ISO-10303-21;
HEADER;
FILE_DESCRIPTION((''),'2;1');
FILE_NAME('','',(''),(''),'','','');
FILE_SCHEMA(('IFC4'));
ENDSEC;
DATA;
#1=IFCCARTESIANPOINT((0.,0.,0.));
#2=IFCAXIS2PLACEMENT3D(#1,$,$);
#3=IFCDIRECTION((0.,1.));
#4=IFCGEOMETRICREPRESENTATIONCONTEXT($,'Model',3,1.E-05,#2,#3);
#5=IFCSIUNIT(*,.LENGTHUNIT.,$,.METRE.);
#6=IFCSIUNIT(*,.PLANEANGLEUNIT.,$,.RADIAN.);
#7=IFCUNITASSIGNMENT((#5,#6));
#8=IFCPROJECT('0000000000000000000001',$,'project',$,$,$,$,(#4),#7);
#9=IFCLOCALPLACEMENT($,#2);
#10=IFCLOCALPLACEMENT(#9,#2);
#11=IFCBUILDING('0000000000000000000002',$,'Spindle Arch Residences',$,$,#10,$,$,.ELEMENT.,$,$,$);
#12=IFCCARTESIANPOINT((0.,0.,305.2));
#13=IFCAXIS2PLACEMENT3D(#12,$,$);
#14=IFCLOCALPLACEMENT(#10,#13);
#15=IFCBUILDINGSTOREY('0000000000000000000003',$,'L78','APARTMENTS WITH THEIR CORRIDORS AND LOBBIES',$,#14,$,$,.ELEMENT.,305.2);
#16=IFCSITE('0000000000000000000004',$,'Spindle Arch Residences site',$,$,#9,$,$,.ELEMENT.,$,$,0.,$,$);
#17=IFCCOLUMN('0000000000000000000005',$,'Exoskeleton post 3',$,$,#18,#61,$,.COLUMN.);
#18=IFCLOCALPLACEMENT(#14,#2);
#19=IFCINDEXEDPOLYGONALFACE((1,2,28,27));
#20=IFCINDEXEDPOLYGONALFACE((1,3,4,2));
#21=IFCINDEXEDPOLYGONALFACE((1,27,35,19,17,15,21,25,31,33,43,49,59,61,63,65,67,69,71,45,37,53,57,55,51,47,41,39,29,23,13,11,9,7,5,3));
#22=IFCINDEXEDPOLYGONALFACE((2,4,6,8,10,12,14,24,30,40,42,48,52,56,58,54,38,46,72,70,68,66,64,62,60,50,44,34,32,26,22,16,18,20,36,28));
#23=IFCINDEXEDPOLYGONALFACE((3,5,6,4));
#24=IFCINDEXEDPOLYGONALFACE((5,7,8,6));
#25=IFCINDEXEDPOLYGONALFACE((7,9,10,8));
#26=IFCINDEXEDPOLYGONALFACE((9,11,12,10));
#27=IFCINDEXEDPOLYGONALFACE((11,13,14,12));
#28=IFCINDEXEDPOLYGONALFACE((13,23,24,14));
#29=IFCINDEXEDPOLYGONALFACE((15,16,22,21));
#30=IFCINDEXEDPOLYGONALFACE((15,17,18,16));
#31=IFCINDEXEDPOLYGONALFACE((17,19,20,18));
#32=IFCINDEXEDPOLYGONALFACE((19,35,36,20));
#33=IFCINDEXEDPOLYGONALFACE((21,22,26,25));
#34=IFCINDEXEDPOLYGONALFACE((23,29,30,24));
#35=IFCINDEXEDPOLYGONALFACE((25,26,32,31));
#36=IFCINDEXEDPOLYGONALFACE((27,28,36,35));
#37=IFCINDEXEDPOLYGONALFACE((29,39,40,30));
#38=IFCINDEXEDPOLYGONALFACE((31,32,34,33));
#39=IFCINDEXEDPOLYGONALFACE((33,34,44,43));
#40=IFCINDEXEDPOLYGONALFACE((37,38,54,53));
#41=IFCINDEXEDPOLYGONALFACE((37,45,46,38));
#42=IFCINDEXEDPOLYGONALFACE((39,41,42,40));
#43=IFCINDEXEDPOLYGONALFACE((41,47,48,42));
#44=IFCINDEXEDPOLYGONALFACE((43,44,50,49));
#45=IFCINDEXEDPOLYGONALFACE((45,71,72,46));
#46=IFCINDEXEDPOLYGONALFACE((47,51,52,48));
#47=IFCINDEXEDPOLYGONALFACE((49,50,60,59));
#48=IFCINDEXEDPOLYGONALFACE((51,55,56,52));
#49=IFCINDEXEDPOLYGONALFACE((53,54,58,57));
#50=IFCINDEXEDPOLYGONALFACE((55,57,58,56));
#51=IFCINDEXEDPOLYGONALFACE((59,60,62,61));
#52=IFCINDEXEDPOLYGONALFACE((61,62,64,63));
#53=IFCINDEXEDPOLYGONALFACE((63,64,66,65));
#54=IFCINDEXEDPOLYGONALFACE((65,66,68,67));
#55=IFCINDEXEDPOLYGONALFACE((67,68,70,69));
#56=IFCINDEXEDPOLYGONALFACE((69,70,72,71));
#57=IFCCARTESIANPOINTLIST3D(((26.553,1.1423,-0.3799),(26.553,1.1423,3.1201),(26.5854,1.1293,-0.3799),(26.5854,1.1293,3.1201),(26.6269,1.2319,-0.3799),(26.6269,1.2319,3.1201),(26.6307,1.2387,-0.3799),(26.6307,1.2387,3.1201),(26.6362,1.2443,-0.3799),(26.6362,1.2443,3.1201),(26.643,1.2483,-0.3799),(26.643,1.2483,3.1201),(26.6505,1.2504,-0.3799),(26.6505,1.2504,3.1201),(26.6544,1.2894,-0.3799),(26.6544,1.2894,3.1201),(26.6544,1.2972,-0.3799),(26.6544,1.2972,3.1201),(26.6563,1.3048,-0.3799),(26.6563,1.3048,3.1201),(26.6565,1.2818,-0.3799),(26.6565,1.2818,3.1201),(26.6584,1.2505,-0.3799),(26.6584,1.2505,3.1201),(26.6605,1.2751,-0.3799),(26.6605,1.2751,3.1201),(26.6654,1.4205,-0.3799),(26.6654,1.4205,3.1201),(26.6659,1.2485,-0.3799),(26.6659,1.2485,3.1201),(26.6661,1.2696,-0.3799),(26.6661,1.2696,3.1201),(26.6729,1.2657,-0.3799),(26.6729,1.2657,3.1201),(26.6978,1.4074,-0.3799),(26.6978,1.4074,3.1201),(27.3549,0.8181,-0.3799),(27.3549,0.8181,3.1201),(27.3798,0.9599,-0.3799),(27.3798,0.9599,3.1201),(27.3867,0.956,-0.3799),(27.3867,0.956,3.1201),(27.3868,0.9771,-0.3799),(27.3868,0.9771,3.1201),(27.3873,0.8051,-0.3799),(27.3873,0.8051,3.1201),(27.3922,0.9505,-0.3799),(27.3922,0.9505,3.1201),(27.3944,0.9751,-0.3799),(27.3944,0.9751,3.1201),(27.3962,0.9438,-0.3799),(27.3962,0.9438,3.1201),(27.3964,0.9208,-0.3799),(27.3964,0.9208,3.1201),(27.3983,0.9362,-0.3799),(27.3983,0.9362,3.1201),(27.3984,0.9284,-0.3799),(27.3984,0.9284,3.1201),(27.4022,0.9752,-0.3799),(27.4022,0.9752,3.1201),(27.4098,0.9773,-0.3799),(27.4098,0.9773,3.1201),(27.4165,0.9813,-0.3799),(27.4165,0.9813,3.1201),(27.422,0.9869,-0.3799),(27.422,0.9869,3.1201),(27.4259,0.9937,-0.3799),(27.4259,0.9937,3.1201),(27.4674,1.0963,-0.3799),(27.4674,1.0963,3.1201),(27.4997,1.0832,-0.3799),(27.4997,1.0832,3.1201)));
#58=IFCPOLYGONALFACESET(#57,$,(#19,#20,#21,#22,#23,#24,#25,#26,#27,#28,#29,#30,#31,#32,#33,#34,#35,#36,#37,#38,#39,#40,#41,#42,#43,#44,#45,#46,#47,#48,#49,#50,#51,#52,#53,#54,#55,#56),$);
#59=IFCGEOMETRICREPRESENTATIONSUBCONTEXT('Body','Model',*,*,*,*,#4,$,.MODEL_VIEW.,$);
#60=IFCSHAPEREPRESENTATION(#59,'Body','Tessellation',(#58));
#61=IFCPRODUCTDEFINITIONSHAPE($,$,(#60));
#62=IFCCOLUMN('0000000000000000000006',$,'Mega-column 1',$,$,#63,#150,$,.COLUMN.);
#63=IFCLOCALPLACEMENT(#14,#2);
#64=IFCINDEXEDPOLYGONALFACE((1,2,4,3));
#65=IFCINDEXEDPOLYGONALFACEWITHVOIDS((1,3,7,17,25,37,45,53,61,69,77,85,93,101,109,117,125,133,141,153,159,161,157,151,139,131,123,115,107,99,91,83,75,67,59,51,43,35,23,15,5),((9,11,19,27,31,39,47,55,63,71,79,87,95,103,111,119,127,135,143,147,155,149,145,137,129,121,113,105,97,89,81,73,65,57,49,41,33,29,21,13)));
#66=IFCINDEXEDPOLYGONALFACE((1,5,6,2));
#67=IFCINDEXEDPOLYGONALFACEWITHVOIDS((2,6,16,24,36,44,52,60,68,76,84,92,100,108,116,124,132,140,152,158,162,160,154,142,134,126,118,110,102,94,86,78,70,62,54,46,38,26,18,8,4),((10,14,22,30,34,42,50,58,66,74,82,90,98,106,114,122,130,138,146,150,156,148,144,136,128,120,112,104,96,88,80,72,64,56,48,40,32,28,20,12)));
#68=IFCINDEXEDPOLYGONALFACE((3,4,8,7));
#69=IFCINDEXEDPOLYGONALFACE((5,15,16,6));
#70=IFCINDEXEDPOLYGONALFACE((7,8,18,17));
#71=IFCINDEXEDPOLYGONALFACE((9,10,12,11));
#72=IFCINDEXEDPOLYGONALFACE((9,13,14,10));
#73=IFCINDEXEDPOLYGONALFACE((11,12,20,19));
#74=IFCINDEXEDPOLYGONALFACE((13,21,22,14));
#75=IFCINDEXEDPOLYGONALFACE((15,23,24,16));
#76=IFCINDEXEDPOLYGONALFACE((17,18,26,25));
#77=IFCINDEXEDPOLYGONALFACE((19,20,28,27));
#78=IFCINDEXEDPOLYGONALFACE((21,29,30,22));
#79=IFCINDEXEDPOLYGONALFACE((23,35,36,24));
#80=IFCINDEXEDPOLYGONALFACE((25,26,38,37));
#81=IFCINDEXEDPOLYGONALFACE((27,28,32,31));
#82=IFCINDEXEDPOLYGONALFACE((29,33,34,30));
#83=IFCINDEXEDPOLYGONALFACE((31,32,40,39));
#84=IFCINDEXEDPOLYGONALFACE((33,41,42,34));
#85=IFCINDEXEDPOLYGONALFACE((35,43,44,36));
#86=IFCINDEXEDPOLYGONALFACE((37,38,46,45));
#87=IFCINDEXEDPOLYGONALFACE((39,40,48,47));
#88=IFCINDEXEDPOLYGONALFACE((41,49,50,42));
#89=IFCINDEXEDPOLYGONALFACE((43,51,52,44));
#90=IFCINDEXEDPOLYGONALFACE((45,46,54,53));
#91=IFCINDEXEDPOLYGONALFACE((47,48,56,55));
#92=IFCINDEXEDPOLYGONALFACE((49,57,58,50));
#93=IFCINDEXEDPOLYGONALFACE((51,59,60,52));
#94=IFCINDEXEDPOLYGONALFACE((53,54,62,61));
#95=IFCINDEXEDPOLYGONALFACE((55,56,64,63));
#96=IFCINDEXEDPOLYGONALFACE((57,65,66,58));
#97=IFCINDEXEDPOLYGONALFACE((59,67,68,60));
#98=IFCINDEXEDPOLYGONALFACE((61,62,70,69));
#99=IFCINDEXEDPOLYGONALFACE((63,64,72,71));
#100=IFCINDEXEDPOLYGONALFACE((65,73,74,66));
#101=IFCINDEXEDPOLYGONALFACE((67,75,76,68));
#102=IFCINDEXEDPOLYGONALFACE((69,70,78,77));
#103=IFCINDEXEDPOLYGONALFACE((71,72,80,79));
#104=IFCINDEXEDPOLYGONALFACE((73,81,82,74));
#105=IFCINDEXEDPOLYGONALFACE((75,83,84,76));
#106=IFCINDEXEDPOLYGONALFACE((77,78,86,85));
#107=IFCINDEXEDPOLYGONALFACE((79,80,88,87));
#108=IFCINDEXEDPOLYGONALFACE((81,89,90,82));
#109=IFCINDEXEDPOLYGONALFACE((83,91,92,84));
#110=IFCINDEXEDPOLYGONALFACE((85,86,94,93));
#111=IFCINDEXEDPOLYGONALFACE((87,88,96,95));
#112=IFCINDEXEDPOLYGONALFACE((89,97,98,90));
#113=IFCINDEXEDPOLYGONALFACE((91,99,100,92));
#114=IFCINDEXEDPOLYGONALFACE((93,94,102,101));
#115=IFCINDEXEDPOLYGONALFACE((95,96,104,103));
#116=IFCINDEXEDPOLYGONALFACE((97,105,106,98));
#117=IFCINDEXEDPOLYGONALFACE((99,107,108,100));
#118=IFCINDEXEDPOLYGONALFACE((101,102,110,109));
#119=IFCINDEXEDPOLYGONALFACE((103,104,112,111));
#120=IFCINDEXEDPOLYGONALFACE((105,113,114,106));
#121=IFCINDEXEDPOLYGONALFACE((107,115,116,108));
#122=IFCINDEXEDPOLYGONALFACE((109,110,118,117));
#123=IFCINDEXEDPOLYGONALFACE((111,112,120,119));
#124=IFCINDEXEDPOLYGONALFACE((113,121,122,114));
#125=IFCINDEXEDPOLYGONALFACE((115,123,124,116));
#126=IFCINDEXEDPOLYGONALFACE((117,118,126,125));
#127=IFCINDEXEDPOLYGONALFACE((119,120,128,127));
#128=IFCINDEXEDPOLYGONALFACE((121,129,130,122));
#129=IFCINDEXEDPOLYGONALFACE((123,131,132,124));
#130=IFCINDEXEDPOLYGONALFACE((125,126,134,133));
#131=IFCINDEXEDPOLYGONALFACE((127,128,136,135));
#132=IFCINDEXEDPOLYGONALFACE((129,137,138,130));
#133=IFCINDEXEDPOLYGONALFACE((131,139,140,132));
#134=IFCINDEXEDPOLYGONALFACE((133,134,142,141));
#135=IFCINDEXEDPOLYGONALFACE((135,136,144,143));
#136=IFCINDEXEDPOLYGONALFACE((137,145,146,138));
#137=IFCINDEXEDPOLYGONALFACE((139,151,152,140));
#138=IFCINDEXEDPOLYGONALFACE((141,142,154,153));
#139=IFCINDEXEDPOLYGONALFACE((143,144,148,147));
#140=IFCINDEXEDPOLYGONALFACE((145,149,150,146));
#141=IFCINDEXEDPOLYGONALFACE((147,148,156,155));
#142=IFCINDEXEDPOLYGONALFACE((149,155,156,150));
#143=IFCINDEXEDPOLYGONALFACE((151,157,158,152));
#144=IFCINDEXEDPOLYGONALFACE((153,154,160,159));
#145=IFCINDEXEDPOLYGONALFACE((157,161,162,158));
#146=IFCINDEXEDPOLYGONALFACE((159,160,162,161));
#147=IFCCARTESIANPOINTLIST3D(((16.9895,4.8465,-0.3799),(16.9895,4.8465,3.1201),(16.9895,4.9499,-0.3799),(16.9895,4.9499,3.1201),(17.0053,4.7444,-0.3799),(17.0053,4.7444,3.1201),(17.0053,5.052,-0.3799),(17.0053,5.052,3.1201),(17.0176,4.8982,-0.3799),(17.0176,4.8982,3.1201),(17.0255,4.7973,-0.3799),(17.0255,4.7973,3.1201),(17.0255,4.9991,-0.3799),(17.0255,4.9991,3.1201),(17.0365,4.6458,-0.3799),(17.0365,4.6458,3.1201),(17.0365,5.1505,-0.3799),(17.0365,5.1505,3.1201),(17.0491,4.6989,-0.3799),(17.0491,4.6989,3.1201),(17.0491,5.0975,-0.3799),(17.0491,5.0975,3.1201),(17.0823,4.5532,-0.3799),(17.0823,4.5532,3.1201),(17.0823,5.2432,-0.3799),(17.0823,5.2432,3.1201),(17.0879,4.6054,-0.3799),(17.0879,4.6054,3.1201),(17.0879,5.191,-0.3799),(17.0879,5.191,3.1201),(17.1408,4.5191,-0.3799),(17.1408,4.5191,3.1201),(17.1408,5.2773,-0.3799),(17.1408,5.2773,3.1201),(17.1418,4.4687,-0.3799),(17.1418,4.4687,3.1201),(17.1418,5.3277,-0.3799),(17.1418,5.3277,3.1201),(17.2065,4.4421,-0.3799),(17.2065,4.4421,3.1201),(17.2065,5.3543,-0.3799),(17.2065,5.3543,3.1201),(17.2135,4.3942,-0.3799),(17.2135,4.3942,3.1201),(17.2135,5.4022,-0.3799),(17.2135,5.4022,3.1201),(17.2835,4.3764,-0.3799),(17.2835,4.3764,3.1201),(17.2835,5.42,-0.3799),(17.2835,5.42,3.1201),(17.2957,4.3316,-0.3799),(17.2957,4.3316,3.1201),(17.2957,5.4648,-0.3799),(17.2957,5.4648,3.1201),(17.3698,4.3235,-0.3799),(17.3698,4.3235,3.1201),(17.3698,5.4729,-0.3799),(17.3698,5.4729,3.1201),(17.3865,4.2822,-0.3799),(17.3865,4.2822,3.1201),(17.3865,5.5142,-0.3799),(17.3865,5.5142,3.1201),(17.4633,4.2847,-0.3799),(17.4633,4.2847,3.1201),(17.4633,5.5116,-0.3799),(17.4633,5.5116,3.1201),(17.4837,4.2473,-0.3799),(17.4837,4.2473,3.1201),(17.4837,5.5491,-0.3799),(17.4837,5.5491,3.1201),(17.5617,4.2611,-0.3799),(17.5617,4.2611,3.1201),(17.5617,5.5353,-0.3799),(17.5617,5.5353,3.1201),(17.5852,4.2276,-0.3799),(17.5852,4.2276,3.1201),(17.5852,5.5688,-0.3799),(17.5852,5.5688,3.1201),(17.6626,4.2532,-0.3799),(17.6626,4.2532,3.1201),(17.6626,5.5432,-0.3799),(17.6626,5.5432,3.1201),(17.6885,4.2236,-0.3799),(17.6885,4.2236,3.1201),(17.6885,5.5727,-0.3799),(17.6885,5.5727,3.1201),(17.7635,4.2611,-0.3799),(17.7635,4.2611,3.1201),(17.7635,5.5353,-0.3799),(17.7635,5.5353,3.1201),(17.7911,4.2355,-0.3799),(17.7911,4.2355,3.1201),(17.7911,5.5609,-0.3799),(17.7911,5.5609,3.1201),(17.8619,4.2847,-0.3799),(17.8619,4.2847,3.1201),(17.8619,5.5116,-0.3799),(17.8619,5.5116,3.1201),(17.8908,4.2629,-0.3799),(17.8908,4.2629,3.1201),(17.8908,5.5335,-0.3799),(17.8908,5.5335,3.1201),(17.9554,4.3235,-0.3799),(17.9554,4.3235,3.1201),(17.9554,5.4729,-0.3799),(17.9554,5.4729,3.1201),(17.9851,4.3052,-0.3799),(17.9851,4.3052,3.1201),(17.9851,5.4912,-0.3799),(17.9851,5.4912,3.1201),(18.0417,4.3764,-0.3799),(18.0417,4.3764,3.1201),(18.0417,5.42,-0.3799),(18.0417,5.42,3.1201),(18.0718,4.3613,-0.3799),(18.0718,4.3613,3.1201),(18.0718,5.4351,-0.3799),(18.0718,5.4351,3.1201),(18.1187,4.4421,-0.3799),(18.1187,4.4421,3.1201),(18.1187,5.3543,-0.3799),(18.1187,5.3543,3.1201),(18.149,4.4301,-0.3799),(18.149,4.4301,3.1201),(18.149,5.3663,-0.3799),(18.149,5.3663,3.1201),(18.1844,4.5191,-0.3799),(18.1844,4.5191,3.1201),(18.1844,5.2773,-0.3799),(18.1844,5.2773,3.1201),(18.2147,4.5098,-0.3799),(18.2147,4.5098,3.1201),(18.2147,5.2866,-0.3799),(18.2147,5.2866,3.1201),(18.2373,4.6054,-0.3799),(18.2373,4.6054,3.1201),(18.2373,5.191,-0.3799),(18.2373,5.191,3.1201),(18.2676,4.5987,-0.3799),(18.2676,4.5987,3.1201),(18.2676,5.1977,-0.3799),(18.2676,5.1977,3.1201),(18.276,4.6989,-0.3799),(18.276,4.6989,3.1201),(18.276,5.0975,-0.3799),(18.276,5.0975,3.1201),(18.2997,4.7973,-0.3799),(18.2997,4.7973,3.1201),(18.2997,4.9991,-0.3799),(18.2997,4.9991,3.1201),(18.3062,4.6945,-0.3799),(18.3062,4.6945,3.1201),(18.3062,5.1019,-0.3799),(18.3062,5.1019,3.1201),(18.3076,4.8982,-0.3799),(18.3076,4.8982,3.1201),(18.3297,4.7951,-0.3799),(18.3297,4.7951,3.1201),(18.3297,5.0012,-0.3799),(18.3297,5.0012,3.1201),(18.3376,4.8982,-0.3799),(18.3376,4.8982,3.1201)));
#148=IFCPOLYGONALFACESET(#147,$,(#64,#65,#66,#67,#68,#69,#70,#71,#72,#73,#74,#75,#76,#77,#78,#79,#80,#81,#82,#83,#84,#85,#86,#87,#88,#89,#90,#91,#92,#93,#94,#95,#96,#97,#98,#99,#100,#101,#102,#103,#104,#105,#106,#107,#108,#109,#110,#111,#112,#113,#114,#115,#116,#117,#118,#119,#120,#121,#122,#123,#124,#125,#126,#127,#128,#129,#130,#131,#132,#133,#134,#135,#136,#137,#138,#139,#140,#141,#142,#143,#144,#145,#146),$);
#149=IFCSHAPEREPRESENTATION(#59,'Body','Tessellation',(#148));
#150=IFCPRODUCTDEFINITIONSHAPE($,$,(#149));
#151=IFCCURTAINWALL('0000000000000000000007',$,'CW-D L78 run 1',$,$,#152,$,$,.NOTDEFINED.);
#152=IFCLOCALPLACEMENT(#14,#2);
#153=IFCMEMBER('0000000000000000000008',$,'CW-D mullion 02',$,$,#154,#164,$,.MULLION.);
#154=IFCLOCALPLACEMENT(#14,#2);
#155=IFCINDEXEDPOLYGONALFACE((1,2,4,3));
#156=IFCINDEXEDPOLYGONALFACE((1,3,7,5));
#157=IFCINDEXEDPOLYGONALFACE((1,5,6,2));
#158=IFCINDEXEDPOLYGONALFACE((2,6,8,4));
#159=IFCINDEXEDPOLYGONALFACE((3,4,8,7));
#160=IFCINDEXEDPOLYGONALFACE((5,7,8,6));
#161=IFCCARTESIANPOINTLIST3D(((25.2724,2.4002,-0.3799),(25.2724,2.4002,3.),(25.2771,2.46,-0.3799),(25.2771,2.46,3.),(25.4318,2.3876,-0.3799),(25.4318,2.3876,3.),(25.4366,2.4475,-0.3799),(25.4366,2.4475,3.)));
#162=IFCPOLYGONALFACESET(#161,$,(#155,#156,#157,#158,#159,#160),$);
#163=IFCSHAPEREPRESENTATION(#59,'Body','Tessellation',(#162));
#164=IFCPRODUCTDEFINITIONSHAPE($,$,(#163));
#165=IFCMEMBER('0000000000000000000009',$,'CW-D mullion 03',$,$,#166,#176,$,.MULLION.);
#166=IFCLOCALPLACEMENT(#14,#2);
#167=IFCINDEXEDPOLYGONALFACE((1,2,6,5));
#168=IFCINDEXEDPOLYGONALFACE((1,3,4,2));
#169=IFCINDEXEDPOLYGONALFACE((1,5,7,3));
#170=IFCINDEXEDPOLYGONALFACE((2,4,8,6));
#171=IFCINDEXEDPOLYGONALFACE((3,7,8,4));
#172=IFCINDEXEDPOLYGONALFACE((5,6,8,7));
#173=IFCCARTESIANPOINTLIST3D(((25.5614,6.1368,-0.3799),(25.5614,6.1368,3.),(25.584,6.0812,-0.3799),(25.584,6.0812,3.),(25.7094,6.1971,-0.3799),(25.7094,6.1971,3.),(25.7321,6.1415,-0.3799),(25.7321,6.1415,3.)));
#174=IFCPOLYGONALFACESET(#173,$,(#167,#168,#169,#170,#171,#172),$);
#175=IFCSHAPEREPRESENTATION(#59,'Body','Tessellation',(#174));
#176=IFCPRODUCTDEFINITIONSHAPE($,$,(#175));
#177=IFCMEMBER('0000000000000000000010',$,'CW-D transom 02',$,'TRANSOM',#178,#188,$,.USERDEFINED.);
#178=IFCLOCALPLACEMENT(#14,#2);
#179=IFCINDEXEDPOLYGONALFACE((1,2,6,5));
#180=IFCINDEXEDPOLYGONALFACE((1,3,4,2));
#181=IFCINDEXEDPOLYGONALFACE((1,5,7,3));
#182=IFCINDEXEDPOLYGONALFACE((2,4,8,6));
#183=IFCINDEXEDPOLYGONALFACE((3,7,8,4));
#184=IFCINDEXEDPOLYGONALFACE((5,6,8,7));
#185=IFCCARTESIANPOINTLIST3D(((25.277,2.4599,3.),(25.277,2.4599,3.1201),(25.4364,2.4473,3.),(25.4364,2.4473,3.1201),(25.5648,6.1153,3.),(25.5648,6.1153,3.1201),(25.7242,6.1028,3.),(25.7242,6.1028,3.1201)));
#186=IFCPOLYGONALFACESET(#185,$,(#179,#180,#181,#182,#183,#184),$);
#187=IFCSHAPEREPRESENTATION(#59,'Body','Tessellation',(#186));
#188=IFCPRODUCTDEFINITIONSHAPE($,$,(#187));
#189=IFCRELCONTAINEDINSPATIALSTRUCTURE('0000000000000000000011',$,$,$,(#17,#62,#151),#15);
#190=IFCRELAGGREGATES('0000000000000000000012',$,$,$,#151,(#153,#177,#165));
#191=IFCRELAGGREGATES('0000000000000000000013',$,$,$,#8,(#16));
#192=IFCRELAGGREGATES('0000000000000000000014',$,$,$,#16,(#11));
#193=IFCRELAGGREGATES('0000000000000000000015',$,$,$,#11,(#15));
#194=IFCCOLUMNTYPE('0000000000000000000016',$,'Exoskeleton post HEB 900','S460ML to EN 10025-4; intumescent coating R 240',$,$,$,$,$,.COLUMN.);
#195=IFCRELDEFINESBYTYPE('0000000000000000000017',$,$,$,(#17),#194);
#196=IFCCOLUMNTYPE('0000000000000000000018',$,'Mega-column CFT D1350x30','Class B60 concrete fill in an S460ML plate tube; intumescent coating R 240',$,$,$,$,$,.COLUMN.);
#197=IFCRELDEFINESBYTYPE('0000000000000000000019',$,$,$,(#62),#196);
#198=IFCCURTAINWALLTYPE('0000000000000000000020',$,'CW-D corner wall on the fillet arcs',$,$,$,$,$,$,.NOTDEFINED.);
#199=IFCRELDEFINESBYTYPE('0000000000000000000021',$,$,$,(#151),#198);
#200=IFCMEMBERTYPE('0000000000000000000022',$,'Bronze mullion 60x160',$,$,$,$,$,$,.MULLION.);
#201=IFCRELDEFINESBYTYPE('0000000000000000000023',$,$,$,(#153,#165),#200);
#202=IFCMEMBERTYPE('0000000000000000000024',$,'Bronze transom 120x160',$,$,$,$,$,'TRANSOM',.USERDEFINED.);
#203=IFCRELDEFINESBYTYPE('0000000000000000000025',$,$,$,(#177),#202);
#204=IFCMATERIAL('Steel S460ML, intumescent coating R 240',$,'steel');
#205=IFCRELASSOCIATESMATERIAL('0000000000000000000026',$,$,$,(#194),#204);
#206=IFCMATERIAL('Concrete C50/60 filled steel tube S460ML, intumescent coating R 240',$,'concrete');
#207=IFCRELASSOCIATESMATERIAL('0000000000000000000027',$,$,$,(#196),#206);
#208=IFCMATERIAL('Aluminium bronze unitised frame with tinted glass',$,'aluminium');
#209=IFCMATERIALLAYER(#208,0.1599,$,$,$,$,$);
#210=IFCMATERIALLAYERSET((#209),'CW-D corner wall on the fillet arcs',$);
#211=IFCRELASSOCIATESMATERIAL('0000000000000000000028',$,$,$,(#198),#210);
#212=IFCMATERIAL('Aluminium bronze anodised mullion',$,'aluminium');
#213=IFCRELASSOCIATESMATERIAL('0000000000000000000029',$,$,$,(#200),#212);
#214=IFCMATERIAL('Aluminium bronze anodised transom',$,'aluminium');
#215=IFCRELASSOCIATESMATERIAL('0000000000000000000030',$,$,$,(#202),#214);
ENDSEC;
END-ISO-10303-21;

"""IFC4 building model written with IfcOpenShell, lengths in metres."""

from ifc_helpers import new_model, si_unit, direction, frame, origin, origin_2d, place, context, subcontext, project, spatial, rectangle, hollow_circle, i_section, extrude, material, layer, layer_set, material_profile, profile_set, type_object, element, aggregate, save


model = new_model("IFC4")

# Units and contexts
model_context = context("Model", 3, precision=1e-05, world=origin(), true_north=direction((0.0, 1.0)))
body_context = subcontext(model_context, "Body", "Model", "MODEL_VIEW")
ifc_project = project(units=[si_unit("LENGTHUNIT", "METRE"), si_unit("PLANEANGLEUNIT", "RADIAN")], contexts=[model_context])

# Site, building, storey
site_placement = place(None, origin())
site = spatial("IfcSite", under=ifc_project, at=site_placement, Name="Spindle Arch Residences site", CompositionType="ELEMENT", RefElevation=0.0)
building_placement = place(site_placement, origin())
building = spatial("IfcBuilding", under=site, at=building_placement, Name="Spindle Arch Residences", CompositionType="ELEMENT")
storey_placement = place(building_placement, frame((0.0, 0.0, 305.2)))
storey = spatial("IfcBuildingStorey", under=building, at=storey_placement, Name="L78", Description="APARTMENTS WITH THEIR CORRIDORS AND LOBBIES", CompositionType="ELEMENT", Elevation=305.2)

# Columns
ifc_material_1 = material(Name="Steel S460ML, intumescent coating R 240", Category="steel")
ifc_material_profile_1 = material_profile(ifc_material_1, i_section(OverallWidth=0.3, OverallDepth=0.8999, WebThickness=0.0186, FlangeThickness=0.0349, FilletRadius=0.03, at=origin_2d()), Name="HEB 900")
ifc_profile_set_1 = profile_set([ifc_material_profile_1], Name="Steel S460ML, intumescent coating R 240")
column_type_1 = type_object("IfcColumnType", Name="Exoskeleton post HEB 900", Description="S460ML to EN 10025-4; intumescent coating R 240", PredefinedType="COLUMN", material=ifc_profile_set_1)
column_1_placement = place(storey_placement, frame((27.0264, 1.1128, -0.3799), z_axis=(0.0, 0.0, 1.0), x_axis=(-0.374803, -0.927105, 0.0)))
element("IfcColumn", 1, at=column_1_placement, inside=storey, type_object=column_type_1, Name="Exoskeleton post 3", PredefinedType="COLUMN", context=body_context, shape_type="SweptSolid", body=[
    extrude(i_section(OverallWidth=0.3, OverallDepth=0.8999, WebThickness=0.0186, FlangeThickness=0.0349, FilletRadius=0.03, at=origin_2d()), origin(), (0.0, 0.0, 1.0), 3.5),
])
ifc_material_2 = material(Name="Concrete C50/60 filled steel tube S460ML, intumescent coating R 240", Category="concrete")
ifc_material_profile_2 = material_profile(ifc_material_2, hollow_circle(Radius=0.675, WallThickness=0.03, at=origin_2d()), Name="CFT D1350x30")
ifc_profile_set_2 = profile_set([ifc_material_profile_2], Name="Concrete C50/60 filled steel tube S460ML, intumescent coating R 240")
column_type_2 = type_object("IfcColumnType", Name="Mega-column CFT D1350x30", Description="Class B60 concrete fill in an S460ML plate tube; intumescent coating R 240", PredefinedType="COLUMN", material=ifc_profile_set_2)
column_2_placement = place(storey_placement, frame((17.6626, 4.8982, -0.3799), z_axis=(0.0, 0.0, 1.0), x_axis=(1.0, 0.0, 0.0)))
element("IfcColumn", 2, at=column_2_placement, inside=storey, type_object=column_type_2, Name="Mega-column 1", PredefinedType="COLUMN", context=body_context, shape_type="SweptSolid", body=[
    extrude(hollow_circle(Radius=0.675, WallThickness=0.03, at=origin_2d()), origin(), (0.0, 0.0, 1.0), 3.5),
])

# Curtain wall, members
ifc_material_3 = material(Name="Aluminium bronze unitised frame with tinted glass", Category="aluminium")
ifc_layer_1 = layer(ifc_material_3, 0.1599)
ifc_layer_set_1 = layer_set([ifc_layer_1], Name="CW-D corner wall on the fillet arcs")
curtain_wall_type = type_object("IfcCurtainWallType", Name="CW-D corner wall on the fillet arcs", PredefinedType="NOTDEFINED", material=ifc_layer_set_1)
curtain_wall_placement = place(storey_placement, origin())
curtain_wall = element("IfcCurtainWall", 3, at=curtain_wall_placement, inside=storey, type_object=curtain_wall_type, Name="CW-D L78 run 1", PredefinedType="NOTDEFINED")
ifc_material_4 = material(Name="Aluminium bronze anodised mullion", Category="aluminium")
ifc_material_profile_3 = material_profile(ifc_material_4, rectangle(XDim=0.1599, YDim=0.0601, at=origin_2d()), Name="MU 60x160")
ifc_profile_set_3 = profile_set([ifc_material_profile_3], Name="Aluminium bronze anodised mullion")
member_type_1 = type_object("IfcMemberType", Name="Bronze mullion 60x160", PredefinedType="MULLION", material=ifc_profile_set_3)
member_1_placement = place(storey_placement, frame((25.3545, 2.4238, -0.3799), z_axis=(0.0, 0.0, 1.0), x_axis=(-0.996917, 0.078459, 0.0)))
member_1 = element("IfcMember", 4, at=member_1_placement, type_object=member_type_1, Name="CW-D mullion 02", PredefinedType="MULLION", context=body_context, shape_type="SweptSolid", body=[
    extrude(rectangle(XDim=0.1599, YDim=0.0601, at=origin_2d()), origin(), (0.0, 0.0, 1.0), 3.3799),
])
member_2_placement = place(storey_placement, frame((25.6467, 6.1392, -0.3799), z_axis=(0.0, 0.0, 1.0), x_axis=(-0.92609, -0.377302, 0.0)))
member_2 = element("IfcMember", 5, at=member_2_placement, type_object=member_type_1, Name="CW-D mullion 03", PredefinedType="MULLION", context=body_context, shape_type="SweptSolid", body=[
    extrude(rectangle(XDim=0.1599, YDim=0.0601, at=origin_2d()), origin(), (0.0, 0.0, 1.0), 3.3799),
])
ifc_material_5 = material(Name="Aluminium bronze anodised transom", Category="aluminium")
ifc_material_profile_4 = material_profile(ifc_material_5, rectangle(XDim=0.1599, YDim=0.1201, at=origin_2d()), Name="TR 120x160")
ifc_profile_set_4 = profile_set([ifc_material_profile_4], Name="Aluminium bronze anodised transom")
member_type_2 = type_object("IfcMemberType", Name="Bronze transom 120x160", ElementType="TRANSOM", PredefinedType="USERDEFINED", material=ifc_profile_set_4)
member_3_placement = place(storey_placement, frame((25.3567, 2.4536, 3.0601), z_axis=(0.078499, 0.996914, 0.0), x_axis=(-0.996914, 0.078499, 0.0)))
member_3 = element("IfcMember", 6, at=member_3_placement, type_object=member_type_2, Name="CW-D transom 02", ObjectType="TRANSOM", PredefinedType="USERDEFINED", context=body_context, shape_type="SweptSolid", body=[
    extrude(rectangle(XDim=0.1599, YDim=0.1201, at=origin_2d()), origin(), (0.0, 0.0, 1.0), 3.6667),
])

aggregate(curtain_wall, [member_1, member_3, member_2])

save(model, "model.ifc")
